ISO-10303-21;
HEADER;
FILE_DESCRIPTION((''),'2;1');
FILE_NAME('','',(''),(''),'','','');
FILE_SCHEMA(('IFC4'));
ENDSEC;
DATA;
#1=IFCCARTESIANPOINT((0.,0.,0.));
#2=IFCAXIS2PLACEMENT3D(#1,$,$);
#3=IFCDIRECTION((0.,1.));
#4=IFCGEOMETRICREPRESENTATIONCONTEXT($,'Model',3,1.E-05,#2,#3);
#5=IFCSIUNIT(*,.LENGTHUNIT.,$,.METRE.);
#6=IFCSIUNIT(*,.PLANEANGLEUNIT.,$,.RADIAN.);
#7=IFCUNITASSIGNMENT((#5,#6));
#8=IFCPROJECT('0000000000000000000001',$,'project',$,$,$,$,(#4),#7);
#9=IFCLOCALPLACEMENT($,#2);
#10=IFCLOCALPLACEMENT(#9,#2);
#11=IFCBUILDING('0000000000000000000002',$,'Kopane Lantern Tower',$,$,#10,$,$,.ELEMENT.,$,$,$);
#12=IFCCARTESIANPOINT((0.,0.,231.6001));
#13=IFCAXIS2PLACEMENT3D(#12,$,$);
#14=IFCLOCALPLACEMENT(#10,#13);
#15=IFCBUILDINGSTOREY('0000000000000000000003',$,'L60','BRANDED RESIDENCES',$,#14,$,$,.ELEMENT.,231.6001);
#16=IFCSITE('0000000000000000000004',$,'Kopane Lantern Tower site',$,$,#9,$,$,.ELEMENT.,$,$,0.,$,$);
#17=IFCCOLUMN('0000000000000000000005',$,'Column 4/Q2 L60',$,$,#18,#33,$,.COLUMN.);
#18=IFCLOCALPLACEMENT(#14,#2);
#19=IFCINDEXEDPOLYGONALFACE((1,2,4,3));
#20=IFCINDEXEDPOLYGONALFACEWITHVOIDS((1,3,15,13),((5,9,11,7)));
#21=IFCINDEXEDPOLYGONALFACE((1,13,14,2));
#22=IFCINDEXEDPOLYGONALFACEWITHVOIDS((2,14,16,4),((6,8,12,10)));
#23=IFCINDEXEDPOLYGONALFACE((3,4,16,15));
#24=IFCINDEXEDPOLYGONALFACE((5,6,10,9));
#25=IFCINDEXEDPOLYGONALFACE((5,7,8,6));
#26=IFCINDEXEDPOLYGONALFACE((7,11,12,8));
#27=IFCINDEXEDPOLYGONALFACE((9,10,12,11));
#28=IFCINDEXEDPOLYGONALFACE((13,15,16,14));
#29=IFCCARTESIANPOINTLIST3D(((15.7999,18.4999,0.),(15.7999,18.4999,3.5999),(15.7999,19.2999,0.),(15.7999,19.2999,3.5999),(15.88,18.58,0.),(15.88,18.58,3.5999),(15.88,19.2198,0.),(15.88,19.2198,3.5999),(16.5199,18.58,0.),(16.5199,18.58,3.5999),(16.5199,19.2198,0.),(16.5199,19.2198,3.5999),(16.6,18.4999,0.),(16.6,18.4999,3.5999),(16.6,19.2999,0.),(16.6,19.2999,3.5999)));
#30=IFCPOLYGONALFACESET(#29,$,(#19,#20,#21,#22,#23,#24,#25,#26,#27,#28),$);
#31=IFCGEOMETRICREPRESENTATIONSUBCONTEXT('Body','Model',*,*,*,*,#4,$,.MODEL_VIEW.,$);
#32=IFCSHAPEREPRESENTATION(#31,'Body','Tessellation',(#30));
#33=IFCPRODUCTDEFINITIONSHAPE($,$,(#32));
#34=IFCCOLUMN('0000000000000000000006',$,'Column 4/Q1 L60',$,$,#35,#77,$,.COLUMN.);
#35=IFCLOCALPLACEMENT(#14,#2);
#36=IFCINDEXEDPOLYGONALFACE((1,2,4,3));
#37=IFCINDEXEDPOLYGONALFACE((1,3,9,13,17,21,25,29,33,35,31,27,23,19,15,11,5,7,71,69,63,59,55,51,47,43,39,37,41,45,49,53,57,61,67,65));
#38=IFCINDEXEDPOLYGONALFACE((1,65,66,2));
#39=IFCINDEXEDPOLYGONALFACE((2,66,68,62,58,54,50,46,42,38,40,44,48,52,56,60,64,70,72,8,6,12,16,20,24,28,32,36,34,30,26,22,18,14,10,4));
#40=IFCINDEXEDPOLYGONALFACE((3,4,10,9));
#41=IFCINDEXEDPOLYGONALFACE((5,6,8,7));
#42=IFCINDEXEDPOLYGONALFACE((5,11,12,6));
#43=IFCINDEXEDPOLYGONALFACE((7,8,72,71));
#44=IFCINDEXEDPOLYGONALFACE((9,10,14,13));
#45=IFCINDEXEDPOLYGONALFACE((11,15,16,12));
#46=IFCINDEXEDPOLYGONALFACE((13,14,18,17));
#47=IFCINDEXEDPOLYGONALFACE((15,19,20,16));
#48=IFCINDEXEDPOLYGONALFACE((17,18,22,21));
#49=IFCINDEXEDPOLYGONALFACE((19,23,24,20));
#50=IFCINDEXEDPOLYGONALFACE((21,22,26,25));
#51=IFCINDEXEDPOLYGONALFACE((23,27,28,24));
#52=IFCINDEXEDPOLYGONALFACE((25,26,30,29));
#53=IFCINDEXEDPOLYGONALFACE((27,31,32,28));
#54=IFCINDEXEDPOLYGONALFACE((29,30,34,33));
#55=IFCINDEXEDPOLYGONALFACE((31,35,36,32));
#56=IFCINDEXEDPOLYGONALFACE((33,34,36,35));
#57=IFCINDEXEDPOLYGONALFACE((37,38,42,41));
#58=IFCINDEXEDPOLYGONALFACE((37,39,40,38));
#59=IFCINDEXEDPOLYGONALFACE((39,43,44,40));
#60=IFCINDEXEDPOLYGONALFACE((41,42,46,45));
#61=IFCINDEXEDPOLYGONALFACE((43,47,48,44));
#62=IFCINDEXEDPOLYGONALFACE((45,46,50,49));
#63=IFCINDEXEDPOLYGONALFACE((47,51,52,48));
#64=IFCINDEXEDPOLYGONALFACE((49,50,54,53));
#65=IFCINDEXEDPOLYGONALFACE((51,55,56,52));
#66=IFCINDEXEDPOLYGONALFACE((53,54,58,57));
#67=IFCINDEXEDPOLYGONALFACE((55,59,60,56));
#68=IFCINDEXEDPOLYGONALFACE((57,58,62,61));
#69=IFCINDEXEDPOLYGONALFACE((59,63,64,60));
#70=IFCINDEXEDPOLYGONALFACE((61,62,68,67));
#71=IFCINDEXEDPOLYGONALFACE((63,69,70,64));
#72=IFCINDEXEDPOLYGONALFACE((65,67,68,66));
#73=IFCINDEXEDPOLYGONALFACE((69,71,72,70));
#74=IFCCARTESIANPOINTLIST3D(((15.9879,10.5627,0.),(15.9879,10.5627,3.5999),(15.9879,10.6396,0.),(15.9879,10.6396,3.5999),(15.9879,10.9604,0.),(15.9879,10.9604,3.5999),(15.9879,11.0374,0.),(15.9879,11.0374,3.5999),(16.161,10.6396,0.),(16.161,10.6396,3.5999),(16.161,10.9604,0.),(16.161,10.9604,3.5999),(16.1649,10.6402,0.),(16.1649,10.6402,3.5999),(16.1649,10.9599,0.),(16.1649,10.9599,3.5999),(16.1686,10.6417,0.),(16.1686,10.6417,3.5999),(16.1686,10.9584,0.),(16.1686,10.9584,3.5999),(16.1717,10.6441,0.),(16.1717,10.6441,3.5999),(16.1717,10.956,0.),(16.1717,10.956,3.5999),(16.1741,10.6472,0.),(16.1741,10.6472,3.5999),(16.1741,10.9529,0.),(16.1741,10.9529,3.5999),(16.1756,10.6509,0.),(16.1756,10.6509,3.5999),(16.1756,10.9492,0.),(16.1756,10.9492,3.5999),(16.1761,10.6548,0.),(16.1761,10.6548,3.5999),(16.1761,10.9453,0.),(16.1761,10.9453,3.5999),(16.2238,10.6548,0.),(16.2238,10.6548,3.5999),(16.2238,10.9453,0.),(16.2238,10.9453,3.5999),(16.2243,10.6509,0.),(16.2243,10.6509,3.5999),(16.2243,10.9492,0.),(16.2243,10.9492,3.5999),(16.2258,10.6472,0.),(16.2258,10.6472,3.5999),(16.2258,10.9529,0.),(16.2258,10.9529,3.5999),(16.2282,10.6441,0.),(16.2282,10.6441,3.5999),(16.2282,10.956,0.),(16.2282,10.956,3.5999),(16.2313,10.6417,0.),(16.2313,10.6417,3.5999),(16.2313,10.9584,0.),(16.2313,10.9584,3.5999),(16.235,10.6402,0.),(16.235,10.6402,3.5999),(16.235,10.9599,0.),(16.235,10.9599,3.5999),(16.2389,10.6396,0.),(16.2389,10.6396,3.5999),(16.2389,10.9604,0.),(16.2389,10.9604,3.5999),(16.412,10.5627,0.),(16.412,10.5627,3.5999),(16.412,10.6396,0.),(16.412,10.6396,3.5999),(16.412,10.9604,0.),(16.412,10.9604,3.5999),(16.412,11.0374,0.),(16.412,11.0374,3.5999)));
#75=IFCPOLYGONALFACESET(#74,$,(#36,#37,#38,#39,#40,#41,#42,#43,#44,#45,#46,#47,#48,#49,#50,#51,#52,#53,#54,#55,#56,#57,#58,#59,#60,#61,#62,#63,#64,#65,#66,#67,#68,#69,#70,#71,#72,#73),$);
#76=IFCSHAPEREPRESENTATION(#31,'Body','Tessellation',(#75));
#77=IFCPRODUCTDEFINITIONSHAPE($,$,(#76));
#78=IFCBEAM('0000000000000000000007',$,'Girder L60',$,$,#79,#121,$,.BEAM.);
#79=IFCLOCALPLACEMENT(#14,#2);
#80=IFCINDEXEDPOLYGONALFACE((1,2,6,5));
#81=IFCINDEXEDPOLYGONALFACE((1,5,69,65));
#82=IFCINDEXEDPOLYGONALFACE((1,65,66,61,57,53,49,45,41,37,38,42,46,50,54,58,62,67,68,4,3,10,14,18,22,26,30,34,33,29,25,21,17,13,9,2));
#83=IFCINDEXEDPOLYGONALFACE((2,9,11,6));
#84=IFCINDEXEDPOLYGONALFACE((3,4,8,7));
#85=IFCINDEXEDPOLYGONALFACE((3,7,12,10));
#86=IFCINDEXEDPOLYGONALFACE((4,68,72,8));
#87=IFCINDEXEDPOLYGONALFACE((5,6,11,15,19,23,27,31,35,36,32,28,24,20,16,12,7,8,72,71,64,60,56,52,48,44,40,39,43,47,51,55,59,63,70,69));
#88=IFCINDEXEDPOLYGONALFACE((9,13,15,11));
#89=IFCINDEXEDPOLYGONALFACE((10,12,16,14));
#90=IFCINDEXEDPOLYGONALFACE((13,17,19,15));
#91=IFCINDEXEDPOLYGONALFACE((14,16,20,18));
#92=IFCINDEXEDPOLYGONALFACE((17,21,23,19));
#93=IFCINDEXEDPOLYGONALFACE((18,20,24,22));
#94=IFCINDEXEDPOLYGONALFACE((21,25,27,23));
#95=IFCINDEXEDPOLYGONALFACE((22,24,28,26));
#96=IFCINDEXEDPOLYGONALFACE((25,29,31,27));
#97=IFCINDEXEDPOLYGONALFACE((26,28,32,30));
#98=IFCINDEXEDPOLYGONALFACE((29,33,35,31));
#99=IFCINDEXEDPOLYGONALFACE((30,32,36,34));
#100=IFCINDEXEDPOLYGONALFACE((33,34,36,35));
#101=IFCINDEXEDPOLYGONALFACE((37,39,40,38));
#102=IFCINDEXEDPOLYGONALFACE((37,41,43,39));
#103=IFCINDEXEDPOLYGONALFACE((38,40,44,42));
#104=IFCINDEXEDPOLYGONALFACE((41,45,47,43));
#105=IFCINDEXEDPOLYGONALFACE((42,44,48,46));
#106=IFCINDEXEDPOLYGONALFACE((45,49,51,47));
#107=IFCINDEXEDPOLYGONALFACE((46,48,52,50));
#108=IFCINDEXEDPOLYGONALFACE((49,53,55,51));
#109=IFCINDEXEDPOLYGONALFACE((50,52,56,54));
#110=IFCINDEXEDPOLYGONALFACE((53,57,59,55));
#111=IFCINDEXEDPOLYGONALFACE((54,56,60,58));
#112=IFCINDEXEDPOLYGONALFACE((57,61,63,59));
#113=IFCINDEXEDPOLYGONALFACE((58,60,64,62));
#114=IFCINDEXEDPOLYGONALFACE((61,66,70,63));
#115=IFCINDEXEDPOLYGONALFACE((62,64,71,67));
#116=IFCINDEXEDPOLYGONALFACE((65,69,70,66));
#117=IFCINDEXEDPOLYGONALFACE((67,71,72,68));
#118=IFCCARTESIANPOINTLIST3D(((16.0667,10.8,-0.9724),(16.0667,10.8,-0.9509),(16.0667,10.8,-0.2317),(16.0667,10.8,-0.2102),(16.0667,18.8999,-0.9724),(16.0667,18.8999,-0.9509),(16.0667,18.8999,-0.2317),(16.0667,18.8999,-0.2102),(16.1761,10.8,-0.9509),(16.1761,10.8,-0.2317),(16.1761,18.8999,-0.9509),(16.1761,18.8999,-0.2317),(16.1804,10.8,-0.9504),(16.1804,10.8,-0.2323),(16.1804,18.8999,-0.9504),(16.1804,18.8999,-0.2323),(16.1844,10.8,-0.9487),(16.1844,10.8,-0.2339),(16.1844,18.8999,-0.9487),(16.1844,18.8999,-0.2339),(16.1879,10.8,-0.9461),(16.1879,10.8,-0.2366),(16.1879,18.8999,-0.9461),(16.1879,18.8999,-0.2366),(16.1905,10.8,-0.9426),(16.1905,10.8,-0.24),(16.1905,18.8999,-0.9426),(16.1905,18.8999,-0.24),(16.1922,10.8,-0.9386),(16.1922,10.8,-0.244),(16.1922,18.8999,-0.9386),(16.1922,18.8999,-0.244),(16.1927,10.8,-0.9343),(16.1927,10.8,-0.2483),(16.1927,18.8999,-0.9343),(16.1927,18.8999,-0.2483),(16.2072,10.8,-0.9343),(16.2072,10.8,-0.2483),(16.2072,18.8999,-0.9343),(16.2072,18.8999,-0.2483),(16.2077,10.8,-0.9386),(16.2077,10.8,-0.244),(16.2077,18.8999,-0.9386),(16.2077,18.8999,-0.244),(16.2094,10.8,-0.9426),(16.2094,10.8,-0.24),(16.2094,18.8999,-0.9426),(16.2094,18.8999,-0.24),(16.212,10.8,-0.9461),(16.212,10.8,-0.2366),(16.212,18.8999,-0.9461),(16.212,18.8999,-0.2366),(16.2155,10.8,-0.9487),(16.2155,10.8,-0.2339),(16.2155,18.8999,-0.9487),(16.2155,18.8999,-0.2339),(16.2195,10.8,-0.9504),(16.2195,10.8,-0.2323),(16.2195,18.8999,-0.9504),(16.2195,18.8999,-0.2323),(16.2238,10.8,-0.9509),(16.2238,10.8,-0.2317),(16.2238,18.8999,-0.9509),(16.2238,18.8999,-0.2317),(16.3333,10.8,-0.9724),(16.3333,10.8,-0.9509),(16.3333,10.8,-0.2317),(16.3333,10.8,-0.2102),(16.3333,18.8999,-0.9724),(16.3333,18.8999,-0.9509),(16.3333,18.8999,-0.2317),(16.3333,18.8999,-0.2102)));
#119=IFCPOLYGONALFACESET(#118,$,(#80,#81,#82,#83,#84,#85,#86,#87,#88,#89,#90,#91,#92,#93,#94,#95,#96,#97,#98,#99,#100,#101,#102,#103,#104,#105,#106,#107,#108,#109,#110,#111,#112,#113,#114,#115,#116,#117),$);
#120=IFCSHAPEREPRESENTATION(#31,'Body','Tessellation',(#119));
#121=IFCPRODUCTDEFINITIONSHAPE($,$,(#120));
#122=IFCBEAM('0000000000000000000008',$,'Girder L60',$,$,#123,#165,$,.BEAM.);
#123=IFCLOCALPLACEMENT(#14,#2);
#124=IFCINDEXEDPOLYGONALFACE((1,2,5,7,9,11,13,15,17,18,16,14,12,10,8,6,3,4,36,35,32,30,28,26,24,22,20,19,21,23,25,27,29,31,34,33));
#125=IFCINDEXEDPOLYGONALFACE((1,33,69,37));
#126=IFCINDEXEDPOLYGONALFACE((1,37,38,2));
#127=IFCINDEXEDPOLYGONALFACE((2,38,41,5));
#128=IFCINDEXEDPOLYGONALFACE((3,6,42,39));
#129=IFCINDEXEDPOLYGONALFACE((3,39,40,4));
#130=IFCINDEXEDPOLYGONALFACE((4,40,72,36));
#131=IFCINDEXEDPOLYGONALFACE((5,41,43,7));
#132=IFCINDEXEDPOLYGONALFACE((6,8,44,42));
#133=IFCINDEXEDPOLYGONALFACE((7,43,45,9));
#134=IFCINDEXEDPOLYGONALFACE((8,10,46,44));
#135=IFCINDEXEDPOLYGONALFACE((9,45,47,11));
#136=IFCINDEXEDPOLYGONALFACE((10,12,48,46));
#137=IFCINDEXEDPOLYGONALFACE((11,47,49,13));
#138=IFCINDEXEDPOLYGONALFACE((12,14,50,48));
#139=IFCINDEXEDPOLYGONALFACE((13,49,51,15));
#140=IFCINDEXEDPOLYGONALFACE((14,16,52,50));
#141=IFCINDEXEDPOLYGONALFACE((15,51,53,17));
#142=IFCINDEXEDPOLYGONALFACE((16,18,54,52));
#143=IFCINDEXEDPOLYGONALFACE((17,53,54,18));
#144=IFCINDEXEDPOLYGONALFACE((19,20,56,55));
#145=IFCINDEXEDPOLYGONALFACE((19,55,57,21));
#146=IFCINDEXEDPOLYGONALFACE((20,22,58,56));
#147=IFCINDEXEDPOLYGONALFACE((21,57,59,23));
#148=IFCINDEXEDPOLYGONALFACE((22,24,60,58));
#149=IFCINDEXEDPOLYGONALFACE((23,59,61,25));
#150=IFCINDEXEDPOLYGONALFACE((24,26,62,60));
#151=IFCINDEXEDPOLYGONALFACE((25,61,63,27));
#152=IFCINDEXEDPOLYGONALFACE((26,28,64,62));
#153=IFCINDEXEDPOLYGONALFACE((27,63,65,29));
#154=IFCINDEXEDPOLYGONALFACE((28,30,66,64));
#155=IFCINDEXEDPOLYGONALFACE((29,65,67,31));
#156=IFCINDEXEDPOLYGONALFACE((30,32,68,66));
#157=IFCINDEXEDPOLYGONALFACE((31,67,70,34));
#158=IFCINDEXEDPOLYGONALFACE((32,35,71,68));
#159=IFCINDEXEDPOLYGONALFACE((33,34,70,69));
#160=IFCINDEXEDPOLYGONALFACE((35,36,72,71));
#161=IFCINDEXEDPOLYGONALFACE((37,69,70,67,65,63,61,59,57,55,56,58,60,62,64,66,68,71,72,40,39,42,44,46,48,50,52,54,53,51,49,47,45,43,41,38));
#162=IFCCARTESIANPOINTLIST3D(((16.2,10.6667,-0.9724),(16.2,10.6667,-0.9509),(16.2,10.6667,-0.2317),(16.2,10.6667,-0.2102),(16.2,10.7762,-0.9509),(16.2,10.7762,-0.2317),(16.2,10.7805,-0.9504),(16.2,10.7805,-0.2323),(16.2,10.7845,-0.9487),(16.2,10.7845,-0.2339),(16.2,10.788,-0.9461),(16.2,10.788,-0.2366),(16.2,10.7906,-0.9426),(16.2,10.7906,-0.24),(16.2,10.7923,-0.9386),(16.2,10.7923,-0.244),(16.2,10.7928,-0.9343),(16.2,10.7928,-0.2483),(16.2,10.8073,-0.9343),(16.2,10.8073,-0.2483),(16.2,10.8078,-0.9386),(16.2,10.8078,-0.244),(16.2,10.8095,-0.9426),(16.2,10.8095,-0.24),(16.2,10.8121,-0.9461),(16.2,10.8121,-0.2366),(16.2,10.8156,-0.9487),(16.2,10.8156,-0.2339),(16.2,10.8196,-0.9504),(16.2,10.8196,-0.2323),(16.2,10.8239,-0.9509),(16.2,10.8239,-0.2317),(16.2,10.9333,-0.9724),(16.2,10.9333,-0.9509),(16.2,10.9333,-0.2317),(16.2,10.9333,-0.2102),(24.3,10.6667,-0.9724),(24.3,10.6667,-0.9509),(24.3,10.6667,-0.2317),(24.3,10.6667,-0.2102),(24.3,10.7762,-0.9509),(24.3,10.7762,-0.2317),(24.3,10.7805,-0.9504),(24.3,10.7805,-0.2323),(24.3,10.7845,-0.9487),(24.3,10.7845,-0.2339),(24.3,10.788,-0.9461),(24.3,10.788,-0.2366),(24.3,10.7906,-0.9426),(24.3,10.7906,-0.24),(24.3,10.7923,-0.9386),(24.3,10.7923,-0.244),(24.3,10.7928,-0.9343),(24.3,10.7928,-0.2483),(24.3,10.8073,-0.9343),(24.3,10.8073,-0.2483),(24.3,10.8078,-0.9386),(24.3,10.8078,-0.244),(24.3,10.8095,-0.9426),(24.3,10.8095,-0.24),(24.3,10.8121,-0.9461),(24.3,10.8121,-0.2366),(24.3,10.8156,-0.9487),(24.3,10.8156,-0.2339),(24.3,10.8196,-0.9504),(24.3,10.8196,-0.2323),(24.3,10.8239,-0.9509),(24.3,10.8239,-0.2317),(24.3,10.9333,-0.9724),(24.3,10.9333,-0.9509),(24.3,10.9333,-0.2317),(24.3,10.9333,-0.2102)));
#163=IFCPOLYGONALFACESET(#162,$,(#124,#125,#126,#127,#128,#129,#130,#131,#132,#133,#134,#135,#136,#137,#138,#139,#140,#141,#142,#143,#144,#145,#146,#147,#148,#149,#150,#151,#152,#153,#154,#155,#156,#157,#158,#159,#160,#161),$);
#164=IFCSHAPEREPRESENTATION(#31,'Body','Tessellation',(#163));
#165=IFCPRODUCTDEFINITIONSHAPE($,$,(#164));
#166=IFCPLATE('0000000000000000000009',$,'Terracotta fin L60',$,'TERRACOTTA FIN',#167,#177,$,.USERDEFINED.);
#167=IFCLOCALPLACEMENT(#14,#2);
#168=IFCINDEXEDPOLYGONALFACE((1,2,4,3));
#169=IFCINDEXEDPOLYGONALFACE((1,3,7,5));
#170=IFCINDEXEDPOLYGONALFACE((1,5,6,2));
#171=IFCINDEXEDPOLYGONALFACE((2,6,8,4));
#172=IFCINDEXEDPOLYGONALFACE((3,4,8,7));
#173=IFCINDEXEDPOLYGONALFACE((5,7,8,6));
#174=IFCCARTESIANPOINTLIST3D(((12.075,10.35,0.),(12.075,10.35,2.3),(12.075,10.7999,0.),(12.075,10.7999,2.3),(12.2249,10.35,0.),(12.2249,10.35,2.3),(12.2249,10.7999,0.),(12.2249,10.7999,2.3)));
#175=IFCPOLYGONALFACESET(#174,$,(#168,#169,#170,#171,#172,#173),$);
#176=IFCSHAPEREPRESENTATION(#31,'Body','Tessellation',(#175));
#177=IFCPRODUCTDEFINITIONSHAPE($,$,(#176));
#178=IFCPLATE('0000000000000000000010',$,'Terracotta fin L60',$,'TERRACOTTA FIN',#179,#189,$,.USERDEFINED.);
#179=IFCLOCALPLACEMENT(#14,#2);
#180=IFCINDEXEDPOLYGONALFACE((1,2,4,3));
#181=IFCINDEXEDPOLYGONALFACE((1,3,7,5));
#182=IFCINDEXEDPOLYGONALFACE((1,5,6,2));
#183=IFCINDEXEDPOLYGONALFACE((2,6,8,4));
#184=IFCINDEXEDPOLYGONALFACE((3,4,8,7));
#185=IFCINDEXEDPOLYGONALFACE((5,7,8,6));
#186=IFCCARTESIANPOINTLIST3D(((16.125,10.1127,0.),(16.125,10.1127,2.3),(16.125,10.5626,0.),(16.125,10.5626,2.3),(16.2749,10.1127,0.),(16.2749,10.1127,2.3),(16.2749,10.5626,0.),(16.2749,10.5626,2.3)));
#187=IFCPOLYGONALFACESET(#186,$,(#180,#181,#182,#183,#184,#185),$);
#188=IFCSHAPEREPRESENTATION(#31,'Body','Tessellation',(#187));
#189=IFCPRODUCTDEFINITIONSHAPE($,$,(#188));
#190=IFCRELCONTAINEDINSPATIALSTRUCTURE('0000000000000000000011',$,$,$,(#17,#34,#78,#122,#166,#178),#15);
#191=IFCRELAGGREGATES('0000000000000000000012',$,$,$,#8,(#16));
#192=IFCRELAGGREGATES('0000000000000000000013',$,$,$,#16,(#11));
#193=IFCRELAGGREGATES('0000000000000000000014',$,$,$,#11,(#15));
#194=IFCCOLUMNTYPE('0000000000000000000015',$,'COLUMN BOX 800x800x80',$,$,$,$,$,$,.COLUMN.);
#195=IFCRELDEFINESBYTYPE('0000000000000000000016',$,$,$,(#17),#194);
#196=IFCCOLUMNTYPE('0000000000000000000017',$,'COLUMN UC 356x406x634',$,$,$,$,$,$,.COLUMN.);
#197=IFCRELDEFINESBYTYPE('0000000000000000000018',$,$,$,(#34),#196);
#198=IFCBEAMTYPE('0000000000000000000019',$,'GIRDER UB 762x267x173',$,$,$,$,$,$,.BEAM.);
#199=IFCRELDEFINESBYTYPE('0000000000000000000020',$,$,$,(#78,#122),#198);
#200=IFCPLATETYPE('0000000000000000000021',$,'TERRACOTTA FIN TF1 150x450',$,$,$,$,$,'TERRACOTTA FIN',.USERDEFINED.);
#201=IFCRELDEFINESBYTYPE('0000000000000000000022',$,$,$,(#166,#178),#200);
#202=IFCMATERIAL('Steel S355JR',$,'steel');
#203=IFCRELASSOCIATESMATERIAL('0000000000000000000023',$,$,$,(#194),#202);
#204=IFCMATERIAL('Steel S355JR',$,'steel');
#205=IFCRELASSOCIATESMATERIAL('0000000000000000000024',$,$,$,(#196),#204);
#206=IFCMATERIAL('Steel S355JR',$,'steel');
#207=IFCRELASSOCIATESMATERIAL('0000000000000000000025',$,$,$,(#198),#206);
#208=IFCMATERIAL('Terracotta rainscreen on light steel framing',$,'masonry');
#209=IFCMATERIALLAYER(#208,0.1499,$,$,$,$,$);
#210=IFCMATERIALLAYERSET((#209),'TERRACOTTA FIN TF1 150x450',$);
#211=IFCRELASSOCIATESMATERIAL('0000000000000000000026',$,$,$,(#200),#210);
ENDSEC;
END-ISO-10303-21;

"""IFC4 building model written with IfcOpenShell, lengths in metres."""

from ifc_helpers import new_model, si_unit, direction, frame, origin, origin_2d, place, context, subcontext, project, spatial, rectangle, hollow_rectangle, i_section, extrude, material, layer, layer_set, material_profile, profile_set, type_object, element, save


model = new_model("IFC4")

# Units and contexts
model_context = context("Model", 3, precision=1e-05, world=origin(), true_north=direction((0.0, 1.0)))
body_context = subcontext(model_context, "Body", "Model", "MODEL_VIEW")
ifc_project = project(units=[si_unit("LENGTHUNIT", "METRE"), si_unit("PLANEANGLEUNIT", "RADIAN")], contexts=[model_context])

# Site, building, storey
site_placement = place(None, origin())
site = spatial("IfcSite", under=ifc_project, at=site_placement, Name="Kopane Lantern Tower site", CompositionType="ELEMENT", RefElevation=0.0)
building_placement = place(site_placement, origin())
building = spatial("IfcBuilding", under=site, at=building_placement, Name="Kopane Lantern Tower", CompositionType="ELEMENT")
storey_placement = place(building_placement, frame((0.0, 0.0, 231.6001)))
storey = spatial("IfcBuildingStorey", under=building, at=storey_placement, Name="L60", Description="BRANDED RESIDENCES", CompositionType="ELEMENT", Elevation=231.6001)

# Columns
ifc_material_1 = material(Name="Steel S355JR", Category="steel")
ifc_material_profile_1 = material_profile(ifc_material_1, hollow_rectangle(XDim=0.8, YDim=0.8, WallThickness=0.0801, at=origin_2d()), Name="BOX 800x800x80")
ifc_profile_set_1 = profile_set([ifc_material_profile_1], Name="Steel S355JR")
column_type_1 = type_object("IfcColumnType", Name="COLUMN BOX 800x800x80", PredefinedType="COLUMN", material=ifc_profile_set_1)
column_1_placement = place(storey_placement, frame((16.2, 18.8999, 0.0), z_axis=(0.0, 0.0, 1.0), x_axis=(1.0, 0.0, 0.0)))
element("IfcColumn", 1, at=column_1_placement, inside=storey, type_object=column_type_1, Name="Column 4/Q2 L60", PredefinedType="COLUMN", context=body_context, shape_type="SweptSolid", body=[
    extrude(hollow_rectangle(XDim=0.8, YDim=0.8, WallThickness=0.0801, at=origin_2d()), origin(), (0.0, 0.0, 1.0), 3.5999),
])
ifc_material_2 = material(Name="Steel S355JR", Category="steel")
ifc_material_profile_2 = material_profile(ifc_material_2, i_section(OverallWidth=0.4241, OverallDepth=0.4746, WebThickness=0.0476, FlangeThickness=0.0769, FilletRadius=0.0151, at=origin_2d()), Name="UC 356x406x634")
ifc_profile_set_2 = profile_set([ifc_material_profile_2], Name="Steel S355JR")
column_type_2 = type_object("IfcColumnType", Name="COLUMN UC 356x406x634", PredefinedType="COLUMN", material=ifc_profile_set_2)
column_2_placement = place(storey_placement, frame((16.2, 10.8, 0.0), z_axis=(0.0, 0.0, 1.0), x_axis=(1.0, 0.0, 0.0)))
element("IfcColumn", 2, at=column_2_placement, inside=storey, type_object=column_type_2, Name="Column 4/Q1 L60", PredefinedType="COLUMN", context=body_context, shape_type="SweptSolid", body=[
    extrude(i_section(OverallWidth=0.4241, OverallDepth=0.4746, WebThickness=0.0476, FlangeThickness=0.0769, FilletRadius=0.0151, at=origin_2d()), origin(), (0.0, 0.0, 1.0), 3.5999),
])

# Beams
ifc_material_3 = material(Name="Steel S355JR", Category="steel")
ifc_material_profile_3 = material_profile(ifc_material_3, i_section(OverallWidth=0.2666, OverallDepth=0.7622, WebThickness=0.0144, FlangeThickness=0.0215, FilletRadius=0.0166, at=origin_2d()), Name="UB 762x267x173")
ifc_profile_set_3 = profile_set([ifc_material_profile_3], Name="Steel S355JR")
beam_type = type_object("IfcBeamType", Name="GIRDER UB 762x267x173", PredefinedType="BEAM", material=ifc_profile_set_3)
beam_1_placement = place(storey_placement, frame((16.2, 10.8, -0.5913), z_axis=(0.0, 1.0, 0.0), x_axis=(-1.0, 0.0, 0.0)))
element("IfcBeam", 3, at=beam_1_placement, inside=storey, type_object=beam_type, Name="Girder L60", PredefinedType="BEAM", context=body_context, shape_type="SweptSolid", body=[
    extrude(i_section(OverallWidth=0.2666, OverallDepth=0.7622, WebThickness=0.0144, FlangeThickness=0.0215, FilletRadius=0.0166, at=origin_2d()), origin(), (0.0, 0.0, 1.0), 8.0999),
])
beam_2_placement = place(storey_placement, frame((16.2, 10.8, -0.5913), z_axis=(1.0, 0.0, 0.0), x_axis=(0.0, 1.0, 0.0)))
element("IfcBeam", 4, at=beam_2_placement, inside=storey, type_object=beam_type, Name="Girder L60", PredefinedType="BEAM", context=body_context, shape_type="SweptSolid", body=[
    extrude(i_section(OverallWidth=0.2666, OverallDepth=0.7622, WebThickness=0.0144, FlangeThickness=0.0215, FilletRadius=0.0166, at=origin_2d()), origin(), (0.0, 0.0, 1.0), 8.1001),
])

# Plates
ifc_material_4 = material(Name="Terracotta rainscreen on light steel framing", Category="masonry")
ifc_layer_1 = layer(ifc_material_4, 0.1499)
ifc_layer_set_1 = layer_set([ifc_layer_1], Name="TERRACOTTA FIN TF1 150x450")
plate_type = type_object("IfcPlateType", Name="TERRACOTTA FIN TF1 150x450", ElementType="TERRACOTTA FIN", PredefinedType="USERDEFINED", material=ifc_layer_set_1)
for number, where, z_axis, x_axis, name in (
    (5, (12.1499, 10.575, 0.0), (0.0, 0.0, 1.0), (1.0, 0.0, 0.0), "Terracotta fin L60"),
    (6, (16.2, 10.3376, 0.0), (0.0, 0.0, 1.0), (1.0, 0.0, 0.0), "Terracotta fin L60"),
):
    element("IfcPlate", number, at=place(storey_placement, frame(where, z_axis=z_axis, x_axis=x_axis)), inside=storey, type_object=plate_type, Name=name, ObjectType="TERRACOTTA FIN", PredefinedType="USERDEFINED", context=body_context, shape_type="SweptSolid", body=[
        extrude(rectangle(XDim=0.1499, YDim=0.45, at=origin_2d()), origin(), (0.0, 0.0, 1.0), 2.3),
    ])

save(model, "model.ifc")
